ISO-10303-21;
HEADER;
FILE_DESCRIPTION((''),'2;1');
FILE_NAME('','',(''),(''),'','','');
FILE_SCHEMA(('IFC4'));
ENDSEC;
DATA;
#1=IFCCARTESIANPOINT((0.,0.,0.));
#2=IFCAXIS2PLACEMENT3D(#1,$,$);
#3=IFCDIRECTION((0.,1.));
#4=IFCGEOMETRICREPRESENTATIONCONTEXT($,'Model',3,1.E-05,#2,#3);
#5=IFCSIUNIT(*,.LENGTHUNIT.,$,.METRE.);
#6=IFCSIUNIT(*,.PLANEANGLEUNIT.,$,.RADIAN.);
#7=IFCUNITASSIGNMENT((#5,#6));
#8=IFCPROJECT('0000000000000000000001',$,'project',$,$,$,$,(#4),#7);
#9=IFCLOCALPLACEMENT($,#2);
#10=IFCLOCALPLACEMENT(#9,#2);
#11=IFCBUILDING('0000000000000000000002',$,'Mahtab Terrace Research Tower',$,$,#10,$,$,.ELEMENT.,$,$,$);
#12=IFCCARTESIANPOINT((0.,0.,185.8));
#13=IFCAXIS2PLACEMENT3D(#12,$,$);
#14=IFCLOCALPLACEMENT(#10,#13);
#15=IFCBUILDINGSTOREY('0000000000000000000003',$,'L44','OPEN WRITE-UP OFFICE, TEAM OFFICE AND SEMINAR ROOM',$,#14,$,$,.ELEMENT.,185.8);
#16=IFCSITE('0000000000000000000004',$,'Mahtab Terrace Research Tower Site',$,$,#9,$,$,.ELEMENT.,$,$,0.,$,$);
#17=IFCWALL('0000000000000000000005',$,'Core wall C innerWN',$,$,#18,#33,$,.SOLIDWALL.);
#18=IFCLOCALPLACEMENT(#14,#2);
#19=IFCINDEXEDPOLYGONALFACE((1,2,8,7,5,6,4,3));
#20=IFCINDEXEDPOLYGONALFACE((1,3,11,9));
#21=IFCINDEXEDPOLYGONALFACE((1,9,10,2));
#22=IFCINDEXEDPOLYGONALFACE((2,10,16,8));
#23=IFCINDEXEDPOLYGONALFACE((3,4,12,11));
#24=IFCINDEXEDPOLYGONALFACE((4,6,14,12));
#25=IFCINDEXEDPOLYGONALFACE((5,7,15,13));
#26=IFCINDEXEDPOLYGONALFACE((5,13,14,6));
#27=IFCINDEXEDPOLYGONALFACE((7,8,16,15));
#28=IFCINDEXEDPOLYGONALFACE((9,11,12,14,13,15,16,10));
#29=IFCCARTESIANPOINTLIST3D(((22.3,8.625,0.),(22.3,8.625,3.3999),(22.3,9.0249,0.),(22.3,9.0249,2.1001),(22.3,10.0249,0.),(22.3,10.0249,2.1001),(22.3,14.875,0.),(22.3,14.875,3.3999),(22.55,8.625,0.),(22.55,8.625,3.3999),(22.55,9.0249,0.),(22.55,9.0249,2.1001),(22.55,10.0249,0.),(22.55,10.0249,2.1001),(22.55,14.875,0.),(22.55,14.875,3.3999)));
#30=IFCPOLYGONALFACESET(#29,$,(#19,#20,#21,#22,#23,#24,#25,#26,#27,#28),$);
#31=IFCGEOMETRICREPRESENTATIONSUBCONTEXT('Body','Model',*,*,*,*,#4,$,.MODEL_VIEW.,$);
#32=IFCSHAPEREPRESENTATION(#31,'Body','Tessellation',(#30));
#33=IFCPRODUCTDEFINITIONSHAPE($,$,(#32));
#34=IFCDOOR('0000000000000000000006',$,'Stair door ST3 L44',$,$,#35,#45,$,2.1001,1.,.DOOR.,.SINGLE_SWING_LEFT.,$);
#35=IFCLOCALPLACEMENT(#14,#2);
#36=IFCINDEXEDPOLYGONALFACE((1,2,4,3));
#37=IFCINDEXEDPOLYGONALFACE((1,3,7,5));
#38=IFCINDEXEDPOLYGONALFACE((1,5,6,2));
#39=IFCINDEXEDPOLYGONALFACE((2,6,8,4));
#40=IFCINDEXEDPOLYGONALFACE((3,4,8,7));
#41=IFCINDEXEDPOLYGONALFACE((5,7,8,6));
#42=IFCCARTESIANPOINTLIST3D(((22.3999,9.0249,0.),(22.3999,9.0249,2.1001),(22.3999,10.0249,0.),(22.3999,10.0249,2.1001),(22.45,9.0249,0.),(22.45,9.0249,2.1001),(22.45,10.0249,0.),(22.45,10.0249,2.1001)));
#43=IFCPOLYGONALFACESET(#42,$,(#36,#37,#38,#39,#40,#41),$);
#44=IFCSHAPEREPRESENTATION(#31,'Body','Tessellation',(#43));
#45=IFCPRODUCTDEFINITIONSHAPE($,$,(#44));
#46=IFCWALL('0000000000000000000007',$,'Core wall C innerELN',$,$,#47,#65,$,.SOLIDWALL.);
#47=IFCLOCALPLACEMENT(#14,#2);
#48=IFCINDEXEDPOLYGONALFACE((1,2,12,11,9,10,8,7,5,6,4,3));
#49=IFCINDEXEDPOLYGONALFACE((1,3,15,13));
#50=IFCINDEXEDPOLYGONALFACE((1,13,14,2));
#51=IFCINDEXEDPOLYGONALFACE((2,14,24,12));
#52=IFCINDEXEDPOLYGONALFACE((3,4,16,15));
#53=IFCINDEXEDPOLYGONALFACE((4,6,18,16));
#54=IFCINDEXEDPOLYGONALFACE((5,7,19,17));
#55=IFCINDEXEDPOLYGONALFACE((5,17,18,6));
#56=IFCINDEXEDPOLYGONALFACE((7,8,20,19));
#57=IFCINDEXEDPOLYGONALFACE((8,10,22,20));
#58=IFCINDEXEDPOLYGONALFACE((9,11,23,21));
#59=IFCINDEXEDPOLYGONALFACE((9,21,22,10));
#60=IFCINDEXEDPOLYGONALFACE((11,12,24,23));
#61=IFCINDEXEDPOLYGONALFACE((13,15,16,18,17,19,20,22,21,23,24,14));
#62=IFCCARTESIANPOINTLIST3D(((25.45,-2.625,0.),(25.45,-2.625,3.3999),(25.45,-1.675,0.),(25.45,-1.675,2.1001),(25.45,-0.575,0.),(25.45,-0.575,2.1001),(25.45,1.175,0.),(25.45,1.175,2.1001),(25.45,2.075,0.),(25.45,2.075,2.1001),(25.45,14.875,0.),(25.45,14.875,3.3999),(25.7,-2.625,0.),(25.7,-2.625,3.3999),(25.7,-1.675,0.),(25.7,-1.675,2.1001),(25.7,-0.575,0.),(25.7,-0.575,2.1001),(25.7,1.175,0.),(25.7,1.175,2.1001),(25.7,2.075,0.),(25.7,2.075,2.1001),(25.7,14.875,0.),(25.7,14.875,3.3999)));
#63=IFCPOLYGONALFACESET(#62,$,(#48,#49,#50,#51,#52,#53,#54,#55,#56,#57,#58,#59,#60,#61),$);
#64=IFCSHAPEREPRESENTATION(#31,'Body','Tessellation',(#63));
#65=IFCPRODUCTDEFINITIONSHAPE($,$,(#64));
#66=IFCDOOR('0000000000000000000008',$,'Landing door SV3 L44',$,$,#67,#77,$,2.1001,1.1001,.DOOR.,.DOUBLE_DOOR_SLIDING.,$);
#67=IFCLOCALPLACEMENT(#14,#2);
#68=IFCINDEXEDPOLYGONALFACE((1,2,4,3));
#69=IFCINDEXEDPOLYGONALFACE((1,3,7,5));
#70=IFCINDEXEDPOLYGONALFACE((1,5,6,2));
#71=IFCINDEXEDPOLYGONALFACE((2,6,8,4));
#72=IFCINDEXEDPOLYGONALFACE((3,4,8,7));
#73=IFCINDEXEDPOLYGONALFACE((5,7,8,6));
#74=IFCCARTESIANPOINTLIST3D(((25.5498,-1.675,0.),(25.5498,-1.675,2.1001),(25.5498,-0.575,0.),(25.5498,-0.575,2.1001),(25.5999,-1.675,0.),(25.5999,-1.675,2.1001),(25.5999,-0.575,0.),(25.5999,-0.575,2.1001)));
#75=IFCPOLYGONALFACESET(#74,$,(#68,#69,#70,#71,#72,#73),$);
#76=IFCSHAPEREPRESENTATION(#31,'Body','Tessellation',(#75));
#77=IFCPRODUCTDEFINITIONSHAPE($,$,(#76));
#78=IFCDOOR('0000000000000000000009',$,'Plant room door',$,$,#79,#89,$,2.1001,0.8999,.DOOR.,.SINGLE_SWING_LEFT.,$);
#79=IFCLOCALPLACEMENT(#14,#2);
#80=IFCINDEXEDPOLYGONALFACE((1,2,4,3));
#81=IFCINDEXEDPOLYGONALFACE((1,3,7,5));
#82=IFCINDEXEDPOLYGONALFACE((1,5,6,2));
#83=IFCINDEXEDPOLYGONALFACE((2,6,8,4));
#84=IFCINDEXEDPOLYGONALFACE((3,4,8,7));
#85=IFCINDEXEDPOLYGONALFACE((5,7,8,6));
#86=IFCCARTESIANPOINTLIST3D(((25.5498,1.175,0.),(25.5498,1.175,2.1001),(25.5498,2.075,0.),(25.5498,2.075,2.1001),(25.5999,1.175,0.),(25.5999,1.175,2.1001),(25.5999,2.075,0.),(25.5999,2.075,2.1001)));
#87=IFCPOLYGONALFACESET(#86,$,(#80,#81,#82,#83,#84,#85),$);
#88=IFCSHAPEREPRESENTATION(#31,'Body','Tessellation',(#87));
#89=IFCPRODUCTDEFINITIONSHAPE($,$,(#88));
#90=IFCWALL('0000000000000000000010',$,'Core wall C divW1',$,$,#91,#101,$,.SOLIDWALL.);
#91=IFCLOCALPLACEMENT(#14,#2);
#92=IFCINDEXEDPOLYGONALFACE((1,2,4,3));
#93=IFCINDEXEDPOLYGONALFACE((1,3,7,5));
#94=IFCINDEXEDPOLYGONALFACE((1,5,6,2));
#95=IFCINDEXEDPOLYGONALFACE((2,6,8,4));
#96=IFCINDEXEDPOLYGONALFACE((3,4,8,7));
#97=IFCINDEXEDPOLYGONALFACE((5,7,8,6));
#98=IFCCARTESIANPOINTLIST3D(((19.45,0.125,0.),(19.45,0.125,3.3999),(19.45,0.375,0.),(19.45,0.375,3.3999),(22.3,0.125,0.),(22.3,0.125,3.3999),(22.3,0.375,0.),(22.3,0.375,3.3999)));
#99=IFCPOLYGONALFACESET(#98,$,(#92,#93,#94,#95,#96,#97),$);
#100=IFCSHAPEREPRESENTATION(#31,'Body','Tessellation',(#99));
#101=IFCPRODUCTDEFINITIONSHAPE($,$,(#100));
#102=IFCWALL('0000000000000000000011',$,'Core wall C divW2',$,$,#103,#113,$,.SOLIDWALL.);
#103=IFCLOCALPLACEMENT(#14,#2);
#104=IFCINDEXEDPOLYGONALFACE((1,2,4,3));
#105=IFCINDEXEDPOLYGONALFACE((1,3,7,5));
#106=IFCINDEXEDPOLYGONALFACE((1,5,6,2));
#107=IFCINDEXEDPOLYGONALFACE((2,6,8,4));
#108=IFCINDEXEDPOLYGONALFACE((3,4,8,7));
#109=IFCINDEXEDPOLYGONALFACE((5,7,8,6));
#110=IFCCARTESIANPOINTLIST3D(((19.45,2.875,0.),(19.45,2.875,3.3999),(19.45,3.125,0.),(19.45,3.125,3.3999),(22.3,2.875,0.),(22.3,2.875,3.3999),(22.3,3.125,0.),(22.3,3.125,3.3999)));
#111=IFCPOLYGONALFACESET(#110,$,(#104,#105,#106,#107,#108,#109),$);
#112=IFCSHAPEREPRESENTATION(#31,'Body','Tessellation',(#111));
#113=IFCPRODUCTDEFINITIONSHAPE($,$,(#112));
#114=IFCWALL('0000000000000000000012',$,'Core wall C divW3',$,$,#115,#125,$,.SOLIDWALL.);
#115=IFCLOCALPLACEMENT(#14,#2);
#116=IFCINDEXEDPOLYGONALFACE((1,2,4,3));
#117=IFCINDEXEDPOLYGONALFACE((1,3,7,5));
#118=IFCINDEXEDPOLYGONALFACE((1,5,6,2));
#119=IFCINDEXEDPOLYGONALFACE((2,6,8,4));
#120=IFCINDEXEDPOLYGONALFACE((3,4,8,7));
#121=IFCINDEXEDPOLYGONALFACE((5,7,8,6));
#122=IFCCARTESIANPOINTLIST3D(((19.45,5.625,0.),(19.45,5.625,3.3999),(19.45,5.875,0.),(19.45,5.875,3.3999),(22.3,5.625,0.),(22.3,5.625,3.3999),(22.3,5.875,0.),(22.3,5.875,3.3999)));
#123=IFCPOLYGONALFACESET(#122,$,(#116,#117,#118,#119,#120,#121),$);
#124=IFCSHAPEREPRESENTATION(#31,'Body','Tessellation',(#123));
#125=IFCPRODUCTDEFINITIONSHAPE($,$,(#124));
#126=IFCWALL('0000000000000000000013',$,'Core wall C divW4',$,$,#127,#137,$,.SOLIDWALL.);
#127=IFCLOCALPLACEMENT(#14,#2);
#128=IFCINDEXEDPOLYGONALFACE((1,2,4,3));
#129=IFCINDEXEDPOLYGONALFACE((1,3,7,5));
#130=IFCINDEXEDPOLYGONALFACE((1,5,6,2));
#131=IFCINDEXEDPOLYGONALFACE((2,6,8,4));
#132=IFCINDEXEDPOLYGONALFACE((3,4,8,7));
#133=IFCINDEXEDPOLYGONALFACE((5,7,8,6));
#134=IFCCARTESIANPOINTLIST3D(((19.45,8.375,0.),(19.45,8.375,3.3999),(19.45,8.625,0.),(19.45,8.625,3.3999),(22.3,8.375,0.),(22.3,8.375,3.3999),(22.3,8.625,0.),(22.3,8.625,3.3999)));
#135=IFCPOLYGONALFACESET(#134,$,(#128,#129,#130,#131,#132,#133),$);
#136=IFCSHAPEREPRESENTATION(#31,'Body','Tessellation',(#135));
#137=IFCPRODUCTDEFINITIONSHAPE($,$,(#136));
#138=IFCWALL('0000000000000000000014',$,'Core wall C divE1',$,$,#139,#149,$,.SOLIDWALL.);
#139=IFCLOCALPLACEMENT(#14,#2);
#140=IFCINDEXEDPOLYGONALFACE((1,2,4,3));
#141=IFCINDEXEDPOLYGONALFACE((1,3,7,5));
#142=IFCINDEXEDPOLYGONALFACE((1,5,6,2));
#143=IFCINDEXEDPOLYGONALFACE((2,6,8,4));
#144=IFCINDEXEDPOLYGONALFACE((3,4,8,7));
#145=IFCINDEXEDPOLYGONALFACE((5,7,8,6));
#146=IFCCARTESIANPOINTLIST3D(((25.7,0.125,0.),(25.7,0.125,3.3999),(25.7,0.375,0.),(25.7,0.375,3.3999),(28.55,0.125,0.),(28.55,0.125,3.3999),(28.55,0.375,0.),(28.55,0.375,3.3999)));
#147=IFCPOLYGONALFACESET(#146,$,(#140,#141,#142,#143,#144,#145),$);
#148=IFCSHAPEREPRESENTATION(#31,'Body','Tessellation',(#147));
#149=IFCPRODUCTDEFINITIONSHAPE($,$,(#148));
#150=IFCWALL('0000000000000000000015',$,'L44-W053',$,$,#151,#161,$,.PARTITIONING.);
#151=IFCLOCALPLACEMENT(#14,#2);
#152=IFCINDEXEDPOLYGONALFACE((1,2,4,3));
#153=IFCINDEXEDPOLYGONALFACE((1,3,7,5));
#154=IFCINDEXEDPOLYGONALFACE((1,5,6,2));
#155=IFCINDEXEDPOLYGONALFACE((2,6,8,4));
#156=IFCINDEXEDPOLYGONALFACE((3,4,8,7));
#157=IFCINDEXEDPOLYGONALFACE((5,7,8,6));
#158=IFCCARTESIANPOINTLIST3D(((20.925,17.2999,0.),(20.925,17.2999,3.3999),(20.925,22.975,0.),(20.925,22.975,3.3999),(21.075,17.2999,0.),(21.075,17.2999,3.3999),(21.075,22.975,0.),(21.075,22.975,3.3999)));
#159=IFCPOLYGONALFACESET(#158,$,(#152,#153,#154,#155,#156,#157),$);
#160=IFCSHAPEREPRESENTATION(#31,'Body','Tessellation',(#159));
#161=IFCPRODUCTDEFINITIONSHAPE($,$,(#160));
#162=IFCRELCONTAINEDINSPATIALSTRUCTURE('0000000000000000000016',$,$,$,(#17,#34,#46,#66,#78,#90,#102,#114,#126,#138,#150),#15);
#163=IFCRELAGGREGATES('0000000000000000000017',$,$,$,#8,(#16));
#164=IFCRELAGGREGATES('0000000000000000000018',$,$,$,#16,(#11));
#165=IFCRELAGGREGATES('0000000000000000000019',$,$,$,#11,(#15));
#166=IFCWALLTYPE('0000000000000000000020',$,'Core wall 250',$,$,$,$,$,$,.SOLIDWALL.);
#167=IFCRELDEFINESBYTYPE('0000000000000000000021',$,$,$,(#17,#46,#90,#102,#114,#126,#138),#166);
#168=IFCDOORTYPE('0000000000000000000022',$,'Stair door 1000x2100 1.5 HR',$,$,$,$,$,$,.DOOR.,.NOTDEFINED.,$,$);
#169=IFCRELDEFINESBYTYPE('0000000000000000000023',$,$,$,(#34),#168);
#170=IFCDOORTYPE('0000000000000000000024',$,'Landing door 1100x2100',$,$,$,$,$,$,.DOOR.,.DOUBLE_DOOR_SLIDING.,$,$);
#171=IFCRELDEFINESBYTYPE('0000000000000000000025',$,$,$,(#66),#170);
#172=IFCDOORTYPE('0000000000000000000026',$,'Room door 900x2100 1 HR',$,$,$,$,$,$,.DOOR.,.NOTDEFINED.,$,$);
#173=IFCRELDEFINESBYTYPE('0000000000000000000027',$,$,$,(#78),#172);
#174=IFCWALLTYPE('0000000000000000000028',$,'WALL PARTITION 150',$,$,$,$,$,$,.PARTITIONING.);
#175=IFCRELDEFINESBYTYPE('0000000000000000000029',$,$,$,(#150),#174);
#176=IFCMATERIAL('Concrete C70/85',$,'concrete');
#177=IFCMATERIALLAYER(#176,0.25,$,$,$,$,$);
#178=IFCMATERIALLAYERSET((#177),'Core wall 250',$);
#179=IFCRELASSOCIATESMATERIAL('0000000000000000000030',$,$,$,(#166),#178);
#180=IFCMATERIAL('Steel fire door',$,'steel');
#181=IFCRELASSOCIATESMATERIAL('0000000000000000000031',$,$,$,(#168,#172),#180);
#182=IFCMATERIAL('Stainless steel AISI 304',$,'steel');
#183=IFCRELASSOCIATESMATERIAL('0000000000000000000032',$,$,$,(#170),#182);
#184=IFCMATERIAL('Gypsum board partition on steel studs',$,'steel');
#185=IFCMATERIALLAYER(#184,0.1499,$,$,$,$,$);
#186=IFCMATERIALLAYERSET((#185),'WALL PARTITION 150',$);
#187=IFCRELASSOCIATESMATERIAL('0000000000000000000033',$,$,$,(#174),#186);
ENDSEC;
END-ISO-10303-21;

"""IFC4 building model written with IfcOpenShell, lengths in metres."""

from ifc_helpers import new_model, si_unit, direction, frame, frame_2d, origin, place, context, subcontext, project, spatial, rectangle, extrude, material, layer, layer_set, type_object, element, fill, save


model = new_model("IFC4")

# Units and contexts
model_context = context("Model", 3, precision=1e-05, world=origin(), true_north=direction((0.0, 1.0)))
body_context = subcontext(model_context, "Body", "Model", "MODEL_VIEW")
ifc_project = project(units=[si_unit("LENGTHUNIT", "METRE"), si_unit("PLANEANGLEUNIT", "RADIAN")], contexts=[model_context])

# Site, building, storey
site_placement = place(None, origin())
site = spatial("IfcSite", under=ifc_project, at=site_placement, Name="Mahtab Terrace Research Tower Site", CompositionType="ELEMENT", RefElevation=0.0)
building_placement = place(site_placement, origin())
building = spatial("IfcBuilding", under=site, at=building_placement, Name="Mahtab Terrace Research Tower", CompositionType="ELEMENT")
storey_placement = place(building_placement, frame((0.0, 0.0, 185.8)))
storey = spatial("IfcBuildingStorey", under=building, at=storey_placement, Name="L44", Description="OPEN WRITE-UP OFFICE, TEAM OFFICE AND SEMINAR ROOM", CompositionType="ELEMENT", Elevation=185.8)

# Shared definitions
ifc_material_1 = material(Name="Concrete C70/85", Category="concrete")

# Shared definitions
ifc_layer_1 = layer(ifc_material_1, 0.25)
ifc_layer_set_1 = layer_set([ifc_layer_1], Name="Core wall 250")
wall_type_1 = type_object("IfcWallType", Name="Core wall 250", PredefinedType="SOLIDWALL", material=ifc_layer_set_1)

# Wall, opening, door
ifc_material_2 = material(Name="Steel fire door", Category="steel")
wall_1_placement = place(storey_placement, frame((22.425, 14.875, 0.0), z_axis=(0.0, 0.0, 1.0), x_axis=(0.0, -1.0, 0.0)))
wall_1 = element("IfcWall", 1, at=wall_1_placement, inside=storey, type_object=wall_type_1, Name="Core wall C innerWN", PredefinedType="SOLIDWALL", context=body_context, shape_type="SweptSolid", body=[
    extrude(rectangle(XDim=6.25, YDim=0.25, at=frame_2d((3.125, 0.0))), origin(), (0.0, 0.0, 1.0), 3.3999),
])
opening_1_placement = place(wall_1_placement, frame((4.8501, 0.0, 0.0)))
opening_1 = element("IfcOpeningElement", 2, at=opening_1_placement, cuts=wall_1, PredefinedType="OPENING", context=body_context, shape_type="SweptSolid", body=[
    extrude(rectangle(XDim=1.0, YDim=2.1001, at=frame_2d((0.5, 1.05))), frame((0.0, 0.135, 0.0), z_axis=(0.0, -1.0, 0.0), x_axis=(1.0, 0.0, 0.0)), (0.0, 0.0, 1.0), 0.27),
])
door_type_1 = type_object("IfcDoorType", Name="Stair door 1000x2100 1.5 HR", OperationType="NOTDEFINED", PredefinedType="DOOR", material=ifc_material_2)
door_1_placement = place(opening_1_placement, origin())
door_1 = element("IfcDoor", 3, at=door_1_placement, inside=storey, type_object=door_type_1, Name="Stair door ST3 L44", OperationType="SINGLE_SWING_LEFT", OverallHeight=2.1001, OverallWidth=1.0, PredefinedType="DOOR", context=body_context, shape_type="SweptSolid", body=[
    extrude(rectangle(XDim=1.0, YDim=2.1001, at=frame_2d((0.5, 1.05))), frame((0.0, 0.0249, 0.0), z_axis=(0.0, -1.0, 0.0), x_axis=(1.0, 0.0, 0.0)), (0.0, 0.0, 1.0), 0.05),
])
fill(opening_1, door_1)

# Wall, openings, doors
wall_2_placement = place(storey_placement, frame((25.575, 14.875, 0.0), z_axis=(0.0, 0.0, 1.0), x_axis=(0.0, -1.0, 0.0)))
wall_2 = element("IfcWall", 4, at=wall_2_placement, inside=storey, type_object=wall_type_1, Name="Core wall C innerELN", PredefinedType="SOLIDWALL", context=body_context, shape_type="SweptSolid", body=[
    extrude(rectangle(XDim=17.5, YDim=0.25, at=frame_2d((8.75, 0.0))), origin(), (0.0, 0.0, 1.0), 3.3999),
])
opening_2_placement = place(wall_2_placement, frame((15.45, 0.0, 0.0)))
opening_2 = element("IfcOpeningElement", 5, at=opening_2_placement, cuts=wall_2, PredefinedType="OPENING", context=body_context, shape_type="SweptSolid", body=[
    extrude(rectangle(XDim=1.1001, YDim=2.1001, at=frame_2d((0.55, 1.05))), frame((0.0, 0.135, 0.0), z_axis=(0.0, -1.0, 0.0), x_axis=(1.0, 0.0, 0.0)), (0.0, 0.0, 1.0), 0.27),
])
opening_3_placement = place(wall_2_placement, frame((12.8, 0.0, 0.0)))
opening_3 = element("IfcOpeningElement", 6, at=opening_3_placement, cuts=wall_2, PredefinedType="OPENING", context=body_context, shape_type="SweptSolid", body=[
    extrude(rectangle(XDim=0.8999, YDim=2.1001, at=frame_2d((0.45, 1.05))), frame((0.0, 0.135, 0.0), z_axis=(0.0, -1.0, 0.0), x_axis=(1.0, 0.0, 0.0)), (0.0, 0.0, 1.0), 0.27),
])
ifc_material_3 = material(Name="Stainless steel AISI 304", Category="steel")
door_type_2 = type_object("IfcDoorType", Name="Landing door 1100x2100", OperationType="DOUBLE_DOOR_SLIDING", PredefinedType="DOOR", material=ifc_material_3)
door_2_placement = place(opening_2_placement, origin())
door_2 = element("IfcDoor", 7, at=door_2_placement, inside=storey, type_object=door_type_2, Name="Landing door SV3 L44", OperationType="DOUBLE_DOOR_SLIDING", OverallHeight=2.1001, OverallWidth=1.1001, PredefinedType="DOOR", context=body_context, shape_type="SweptSolid", body=[
    extrude(rectangle(XDim=1.1001, YDim=2.1001, at=frame_2d((0.55, 1.05))), frame((0.0, 0.0249, 0.0), z_axis=(0.0, -1.0, 0.0), x_axis=(1.0, 0.0, 0.0)), (0.0, 0.0, 1.0), 0.05),
])
fill(opening_2, door_2)
door_type_3 = type_object("IfcDoorType", Name="Room door 900x2100 1 HR", OperationType="NOTDEFINED", PredefinedType="DOOR", material=ifc_material_2)
door_3_placement = place(opening_3_placement, origin())
door_3 = element("IfcDoor", 8, at=door_3_placement, inside=storey, type_object=door_type_3, Name="Plant room door", OperationType="SINGLE_SWING_LEFT", OverallHeight=2.1001, OverallWidth=0.8999, PredefinedType="DOOR", context=body_context, shape_type="SweptSolid", body=[
    extrude(rectangle(XDim=0.8999, YDim=2.1001, at=frame_2d((0.45, 1.05))), frame((0.0, 0.0249, 0.0), z_axis=(0.0, -1.0, 0.0), x_axis=(1.0, 0.0, 0.0)), (0.0, 0.0, 1.0), 0.05),
])
fill(opening_3, door_3)

# Walls
for number, where, z_axis, x_axis, name in (
    (9, (19.45, 0.25, 0.0), (0.0, 0.0, 1.0), (1.0, 0.0, 0.0), "Core wall C divW1"),
    (10, (19.45, 3.0, 0.0), (0.0, 0.0, 1.0), (1.0, 0.0, 0.0), "Core wall C divW2"),
    (11, (19.45, 5.75, 0.0), (0.0, 0.0, 1.0), (1.0, 0.0, 0.0), "Core wall C divW3"),
    (12, (19.45, 8.5, 0.0), (0.0, 0.0, 1.0), (1.0, 0.0, 0.0), "Core wall C divW4"),
    (13, (25.7, 0.25, 0.0), (0.0, 0.0, 1.0), (1.0, 0.0, 0.0), "Core wall C divE1"),
):
    element("IfcWall", number, at=place(storey_placement, frame(where, z_axis=z_axis, x_axis=x_axis)), inside=storey, type_object=wall_type_1, Name=name, PredefinedType="SOLIDWALL", context=body_context, shape_type="SweptSolid", body=[
        extrude(rectangle(XDim=2.8501, YDim=0.25, at=frame_2d((1.425, 0.0))), origin(), (0.0, 0.0, 1.0), 3.3999),
    ])
ifc_material_4 = material(Name="Gypsum board partition on steel studs", Category="steel")
ifc_layer_2 = layer(ifc_material_4, 0.1499)
ifc_layer_set_2 = layer_set([ifc_layer_2], Name="WALL PARTITION 150")
wall_type_2 = type_object("IfcWallType", Name="WALL PARTITION 150", PredefinedType="PARTITIONING", material=ifc_layer_set_2)
wall_3_placement = place(storey_placement, frame((21.0, 17.3, 0.0), z_axis=(0.0, 0.0, 1.0), x_axis=(0.0, 1.0, 0.0)))
element("IfcWall", 14, at=wall_3_placement, inside=storey, type_object=wall_type_2, Name="L44-W053", PredefinedType="PARTITIONING", context=body_context, shape_type="SweptSolid", body=[
    extrude(rectangle(XDim=5.675, YDim=0.1499, at=frame_2d((2.8374, 0.0))), origin(), (0.0, 0.0, 1.0), 3.3999),
])

save(model, "model.ifc")
